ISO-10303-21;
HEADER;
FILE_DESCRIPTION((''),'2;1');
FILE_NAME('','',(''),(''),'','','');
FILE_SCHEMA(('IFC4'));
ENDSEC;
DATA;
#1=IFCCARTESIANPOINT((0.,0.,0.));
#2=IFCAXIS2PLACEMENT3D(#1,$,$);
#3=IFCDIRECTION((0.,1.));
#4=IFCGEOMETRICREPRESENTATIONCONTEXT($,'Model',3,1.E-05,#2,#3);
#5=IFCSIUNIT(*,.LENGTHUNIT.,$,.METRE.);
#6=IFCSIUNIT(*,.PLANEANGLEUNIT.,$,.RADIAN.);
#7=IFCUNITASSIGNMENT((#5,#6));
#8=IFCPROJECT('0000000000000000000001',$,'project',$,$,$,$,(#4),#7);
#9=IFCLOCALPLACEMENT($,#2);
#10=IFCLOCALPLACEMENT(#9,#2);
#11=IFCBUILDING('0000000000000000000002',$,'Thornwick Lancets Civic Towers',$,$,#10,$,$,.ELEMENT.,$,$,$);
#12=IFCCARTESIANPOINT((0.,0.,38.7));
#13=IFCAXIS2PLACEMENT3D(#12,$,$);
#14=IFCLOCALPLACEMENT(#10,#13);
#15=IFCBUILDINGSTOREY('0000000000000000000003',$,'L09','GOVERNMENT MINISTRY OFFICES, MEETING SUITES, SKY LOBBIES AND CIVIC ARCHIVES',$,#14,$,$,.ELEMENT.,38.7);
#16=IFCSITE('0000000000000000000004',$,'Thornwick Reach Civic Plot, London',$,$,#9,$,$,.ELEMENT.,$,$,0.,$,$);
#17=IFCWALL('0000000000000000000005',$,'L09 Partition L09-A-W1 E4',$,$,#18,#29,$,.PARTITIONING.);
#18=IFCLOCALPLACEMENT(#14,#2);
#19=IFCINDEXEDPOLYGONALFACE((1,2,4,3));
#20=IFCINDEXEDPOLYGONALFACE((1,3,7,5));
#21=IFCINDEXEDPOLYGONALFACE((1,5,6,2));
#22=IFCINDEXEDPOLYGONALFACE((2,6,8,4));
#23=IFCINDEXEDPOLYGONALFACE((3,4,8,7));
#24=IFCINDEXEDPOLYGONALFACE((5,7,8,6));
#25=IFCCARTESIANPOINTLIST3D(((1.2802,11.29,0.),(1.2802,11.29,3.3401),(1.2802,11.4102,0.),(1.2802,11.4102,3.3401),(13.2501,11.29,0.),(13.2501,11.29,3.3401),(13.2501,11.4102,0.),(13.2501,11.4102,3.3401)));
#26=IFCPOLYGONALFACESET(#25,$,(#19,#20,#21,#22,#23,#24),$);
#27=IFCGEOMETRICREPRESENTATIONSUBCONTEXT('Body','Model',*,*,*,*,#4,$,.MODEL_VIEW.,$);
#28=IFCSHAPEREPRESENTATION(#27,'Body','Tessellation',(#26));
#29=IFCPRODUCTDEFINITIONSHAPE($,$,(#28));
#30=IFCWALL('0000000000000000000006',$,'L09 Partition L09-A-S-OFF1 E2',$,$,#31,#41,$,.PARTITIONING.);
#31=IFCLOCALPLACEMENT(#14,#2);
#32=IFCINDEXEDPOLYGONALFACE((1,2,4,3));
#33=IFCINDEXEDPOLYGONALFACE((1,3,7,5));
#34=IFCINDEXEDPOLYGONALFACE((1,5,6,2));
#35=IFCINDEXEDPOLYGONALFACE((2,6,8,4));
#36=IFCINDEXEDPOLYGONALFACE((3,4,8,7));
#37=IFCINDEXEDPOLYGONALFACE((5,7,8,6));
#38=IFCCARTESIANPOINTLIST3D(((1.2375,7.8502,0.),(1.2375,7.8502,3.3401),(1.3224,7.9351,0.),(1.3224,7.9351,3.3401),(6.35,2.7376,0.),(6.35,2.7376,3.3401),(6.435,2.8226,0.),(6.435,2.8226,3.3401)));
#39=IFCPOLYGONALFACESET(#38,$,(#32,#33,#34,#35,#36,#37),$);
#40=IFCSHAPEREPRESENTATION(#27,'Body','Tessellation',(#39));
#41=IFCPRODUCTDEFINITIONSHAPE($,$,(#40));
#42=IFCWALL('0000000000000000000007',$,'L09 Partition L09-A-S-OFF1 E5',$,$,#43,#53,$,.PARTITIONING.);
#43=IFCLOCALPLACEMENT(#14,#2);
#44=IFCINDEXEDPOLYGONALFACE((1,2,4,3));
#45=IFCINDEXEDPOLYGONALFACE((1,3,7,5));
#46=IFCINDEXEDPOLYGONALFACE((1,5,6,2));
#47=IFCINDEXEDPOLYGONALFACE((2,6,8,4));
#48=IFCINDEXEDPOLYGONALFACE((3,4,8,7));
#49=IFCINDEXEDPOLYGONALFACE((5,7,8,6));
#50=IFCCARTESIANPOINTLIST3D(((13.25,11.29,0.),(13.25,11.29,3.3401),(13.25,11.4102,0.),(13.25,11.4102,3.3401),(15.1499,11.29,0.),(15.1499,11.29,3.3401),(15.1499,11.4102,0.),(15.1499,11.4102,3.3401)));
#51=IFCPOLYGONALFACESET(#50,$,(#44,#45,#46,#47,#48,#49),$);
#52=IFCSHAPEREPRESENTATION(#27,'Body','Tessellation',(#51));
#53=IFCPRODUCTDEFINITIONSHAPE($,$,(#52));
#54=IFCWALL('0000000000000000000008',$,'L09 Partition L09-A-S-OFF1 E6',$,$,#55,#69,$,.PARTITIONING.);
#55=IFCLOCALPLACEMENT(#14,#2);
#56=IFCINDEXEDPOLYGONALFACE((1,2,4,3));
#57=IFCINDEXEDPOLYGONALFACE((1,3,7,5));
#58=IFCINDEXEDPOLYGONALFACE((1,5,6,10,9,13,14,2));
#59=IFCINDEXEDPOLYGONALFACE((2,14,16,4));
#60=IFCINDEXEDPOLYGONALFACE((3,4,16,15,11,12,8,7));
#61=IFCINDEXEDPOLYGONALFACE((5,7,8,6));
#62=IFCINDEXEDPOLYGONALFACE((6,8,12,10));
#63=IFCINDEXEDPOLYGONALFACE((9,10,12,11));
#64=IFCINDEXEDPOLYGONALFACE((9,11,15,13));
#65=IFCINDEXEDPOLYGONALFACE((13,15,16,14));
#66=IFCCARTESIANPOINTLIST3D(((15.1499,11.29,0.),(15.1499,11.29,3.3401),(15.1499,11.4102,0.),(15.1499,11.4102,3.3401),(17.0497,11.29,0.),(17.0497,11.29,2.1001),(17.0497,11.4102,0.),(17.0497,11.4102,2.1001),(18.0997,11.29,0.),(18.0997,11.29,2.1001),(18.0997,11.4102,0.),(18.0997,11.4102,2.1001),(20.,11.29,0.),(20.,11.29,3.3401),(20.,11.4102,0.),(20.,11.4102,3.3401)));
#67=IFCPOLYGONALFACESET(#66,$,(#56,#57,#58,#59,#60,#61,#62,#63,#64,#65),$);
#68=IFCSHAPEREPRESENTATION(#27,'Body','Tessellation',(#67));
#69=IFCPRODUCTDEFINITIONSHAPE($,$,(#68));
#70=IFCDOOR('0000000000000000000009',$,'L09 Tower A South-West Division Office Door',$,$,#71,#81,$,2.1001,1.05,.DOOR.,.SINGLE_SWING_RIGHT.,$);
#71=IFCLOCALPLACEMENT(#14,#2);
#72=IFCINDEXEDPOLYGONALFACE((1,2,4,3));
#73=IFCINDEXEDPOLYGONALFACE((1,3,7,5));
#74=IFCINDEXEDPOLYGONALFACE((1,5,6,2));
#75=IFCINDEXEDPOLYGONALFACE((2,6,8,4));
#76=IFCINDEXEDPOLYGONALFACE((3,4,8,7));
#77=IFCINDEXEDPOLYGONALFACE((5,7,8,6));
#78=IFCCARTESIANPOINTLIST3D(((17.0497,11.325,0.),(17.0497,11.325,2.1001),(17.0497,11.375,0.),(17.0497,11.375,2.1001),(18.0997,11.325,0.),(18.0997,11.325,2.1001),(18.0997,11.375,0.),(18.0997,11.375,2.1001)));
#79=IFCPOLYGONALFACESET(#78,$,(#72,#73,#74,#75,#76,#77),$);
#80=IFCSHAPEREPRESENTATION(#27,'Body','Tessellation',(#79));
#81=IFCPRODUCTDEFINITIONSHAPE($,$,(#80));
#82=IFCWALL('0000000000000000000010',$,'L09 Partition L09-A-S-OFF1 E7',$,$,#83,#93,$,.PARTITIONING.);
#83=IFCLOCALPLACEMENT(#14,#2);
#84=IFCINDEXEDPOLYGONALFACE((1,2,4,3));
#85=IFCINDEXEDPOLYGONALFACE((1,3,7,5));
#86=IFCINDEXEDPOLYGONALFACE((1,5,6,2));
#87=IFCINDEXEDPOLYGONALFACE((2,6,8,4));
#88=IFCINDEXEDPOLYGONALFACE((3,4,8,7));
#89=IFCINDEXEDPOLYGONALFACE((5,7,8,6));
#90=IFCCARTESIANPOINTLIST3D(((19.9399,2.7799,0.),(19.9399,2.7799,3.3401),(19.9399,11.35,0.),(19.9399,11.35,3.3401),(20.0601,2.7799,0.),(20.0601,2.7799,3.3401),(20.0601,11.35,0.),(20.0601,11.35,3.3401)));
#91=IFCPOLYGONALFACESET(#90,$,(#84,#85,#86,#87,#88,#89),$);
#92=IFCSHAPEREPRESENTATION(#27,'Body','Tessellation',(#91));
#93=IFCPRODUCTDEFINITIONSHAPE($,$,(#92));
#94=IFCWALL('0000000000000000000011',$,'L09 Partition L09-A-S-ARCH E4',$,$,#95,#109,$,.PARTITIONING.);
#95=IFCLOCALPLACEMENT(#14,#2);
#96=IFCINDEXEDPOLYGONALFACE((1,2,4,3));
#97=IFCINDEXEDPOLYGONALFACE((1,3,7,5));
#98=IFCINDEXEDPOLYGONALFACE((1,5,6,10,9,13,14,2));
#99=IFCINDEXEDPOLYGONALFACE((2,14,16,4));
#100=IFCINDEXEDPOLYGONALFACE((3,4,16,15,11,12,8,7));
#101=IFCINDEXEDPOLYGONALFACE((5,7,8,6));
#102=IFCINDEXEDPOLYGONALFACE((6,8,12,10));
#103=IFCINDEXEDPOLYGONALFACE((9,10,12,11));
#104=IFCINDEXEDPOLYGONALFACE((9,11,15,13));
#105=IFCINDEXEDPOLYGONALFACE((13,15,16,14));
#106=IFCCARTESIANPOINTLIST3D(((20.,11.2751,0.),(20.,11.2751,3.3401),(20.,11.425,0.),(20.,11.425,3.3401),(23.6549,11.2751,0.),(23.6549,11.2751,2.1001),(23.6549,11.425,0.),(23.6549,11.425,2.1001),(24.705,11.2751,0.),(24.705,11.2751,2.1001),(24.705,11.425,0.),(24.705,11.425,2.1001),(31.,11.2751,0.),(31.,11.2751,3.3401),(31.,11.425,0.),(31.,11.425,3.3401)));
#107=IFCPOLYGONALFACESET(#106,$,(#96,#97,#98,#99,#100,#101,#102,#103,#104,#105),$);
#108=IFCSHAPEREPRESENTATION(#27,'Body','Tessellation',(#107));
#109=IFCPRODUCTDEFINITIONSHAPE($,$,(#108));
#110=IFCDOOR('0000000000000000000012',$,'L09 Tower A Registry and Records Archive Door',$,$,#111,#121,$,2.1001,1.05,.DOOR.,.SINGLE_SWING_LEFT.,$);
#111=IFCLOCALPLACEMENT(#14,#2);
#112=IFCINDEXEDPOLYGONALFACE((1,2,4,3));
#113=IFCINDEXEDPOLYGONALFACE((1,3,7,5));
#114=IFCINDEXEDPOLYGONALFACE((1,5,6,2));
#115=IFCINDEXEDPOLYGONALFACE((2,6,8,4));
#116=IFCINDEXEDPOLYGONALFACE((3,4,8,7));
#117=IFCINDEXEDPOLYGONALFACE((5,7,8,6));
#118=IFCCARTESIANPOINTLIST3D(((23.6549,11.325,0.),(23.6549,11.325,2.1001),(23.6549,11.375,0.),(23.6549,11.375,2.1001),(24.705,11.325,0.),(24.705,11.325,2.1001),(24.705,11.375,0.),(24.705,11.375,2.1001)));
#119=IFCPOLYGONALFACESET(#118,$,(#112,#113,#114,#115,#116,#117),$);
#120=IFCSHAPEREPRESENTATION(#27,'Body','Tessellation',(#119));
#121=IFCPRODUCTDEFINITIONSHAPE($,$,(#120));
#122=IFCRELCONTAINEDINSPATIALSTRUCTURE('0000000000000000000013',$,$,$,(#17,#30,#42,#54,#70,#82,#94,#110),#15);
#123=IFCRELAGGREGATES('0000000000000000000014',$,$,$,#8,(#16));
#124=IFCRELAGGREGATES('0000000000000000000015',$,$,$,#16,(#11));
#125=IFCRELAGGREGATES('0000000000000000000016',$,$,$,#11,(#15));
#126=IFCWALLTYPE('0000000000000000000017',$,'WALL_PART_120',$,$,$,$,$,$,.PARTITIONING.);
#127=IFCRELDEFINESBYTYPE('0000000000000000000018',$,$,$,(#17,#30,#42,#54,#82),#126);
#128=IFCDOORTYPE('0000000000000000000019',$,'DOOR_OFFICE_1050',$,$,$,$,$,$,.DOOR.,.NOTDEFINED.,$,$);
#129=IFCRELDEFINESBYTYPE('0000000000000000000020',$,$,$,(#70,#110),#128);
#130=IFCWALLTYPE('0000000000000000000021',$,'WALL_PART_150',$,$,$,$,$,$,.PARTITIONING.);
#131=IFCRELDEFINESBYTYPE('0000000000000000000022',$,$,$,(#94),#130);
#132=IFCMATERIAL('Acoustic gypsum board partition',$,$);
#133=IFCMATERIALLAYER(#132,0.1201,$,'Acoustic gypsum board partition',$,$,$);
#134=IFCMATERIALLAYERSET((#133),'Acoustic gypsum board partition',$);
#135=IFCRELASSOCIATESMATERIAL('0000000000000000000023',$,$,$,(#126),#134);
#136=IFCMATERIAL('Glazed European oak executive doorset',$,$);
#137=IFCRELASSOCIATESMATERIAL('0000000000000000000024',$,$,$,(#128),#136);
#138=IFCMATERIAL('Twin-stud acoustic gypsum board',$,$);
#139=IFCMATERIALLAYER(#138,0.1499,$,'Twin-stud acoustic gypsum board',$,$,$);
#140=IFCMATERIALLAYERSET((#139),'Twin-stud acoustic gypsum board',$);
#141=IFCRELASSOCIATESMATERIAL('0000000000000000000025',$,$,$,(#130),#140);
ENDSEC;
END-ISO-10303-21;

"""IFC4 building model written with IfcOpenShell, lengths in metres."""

from ifc_helpers import new_model, si_unit, direction, frame, frame_2d, origin, place, context, subcontext, project, spatial, rectangle, extrude, material, layer, layer_set, type_object, element, fill, save


model = new_model("IFC4")

# Units and contexts
model_context = context("Model", 3, precision=1e-05, world=origin(), true_north=direction((0.0, 1.0)))
body_context = subcontext(model_context, "Body", "Model", "MODEL_VIEW")
ifc_project = project(units=[si_unit("LENGTHUNIT", "METRE"), si_unit("PLANEANGLEUNIT", "RADIAN")], contexts=[model_context])

# Site, building, storey
site_placement = place(None, origin())
site = spatial("IfcSite", under=ifc_project, at=site_placement, Name="Thornwick Reach Civic Plot, London", CompositionType="ELEMENT", RefElevation=0.0)
building_placement = place(site_placement, origin())
building = spatial("IfcBuilding", under=site, at=building_placement, Name="Thornwick Lancets Civic Towers", CompositionType="ELEMENT")
storey_placement = place(building_placement, frame((0.0, 0.0, 38.7)))
storey = spatial("IfcBuildingStorey", under=building, at=storey_placement, Name="L09", Description="GOVERNMENT MINISTRY OFFICES, MEETING SUITES, SKY LOBBIES AND CIVIC ARCHIVES", CompositionType="ELEMENT", Elevation=38.7)

# Walls
ifc_material_1 = material(Name="Acoustic gypsum board partition")
ifc_layer_1 = layer(ifc_material_1, 0.1201, Name="Acoustic gypsum board partition")
ifc_layer_set_1 = layer_set([ifc_layer_1], Name="Acoustic gypsum board partition")
wall_type_1 = type_object("IfcWallType", Name="WALL_PART_120", PredefinedType="PARTITIONING", material=ifc_layer_set_1)
wall_1_placement = place(storey_placement, frame((13.25, 11.3501, 0.0), z_axis=(0.0, 0.0, 1.0), x_axis=(-1.0, 0.0, 0.0)))
element("IfcWall", 1, at=wall_1_placement, inside=storey, type_object=wall_type_1, Name="L09 Partition L09-A-W1 E4", PredefinedType="PARTITIONING", context=body_context, shape_type="SweptSolid", body=[
    extrude(rectangle(XDim=11.97, YDim=0.1201, at=frame_2d((5.9849, 0.0))), origin(), (0.0, 0.0, 1.0), 3.3401),
])
wall_2_placement = place(storey_placement, frame((6.3926, 2.78, 0.0), z_axis=(0.0, 0.0, 1.0), x_axis=(-0.707107, 0.707107, 0.0)))
element("IfcWall", 2, at=wall_2_placement, inside=storey, type_object=wall_type_1, Name="L09 Partition L09-A-S-OFF1 E2", PredefinedType="PARTITIONING", context=body_context, shape_type="SweptSolid", body=[
    extrude(rectangle(XDim=7.2302, YDim=0.1201, at=frame_2d((3.6152, 0.0))), origin(), (0.0, 0.0, 1.0), 3.3401),
])
wall_3_placement = place(storey_placement, frame((13.25, 11.3501, 0.0), z_axis=(0.0, 0.0, 1.0), x_axis=(1.0, 0.0, 0.0)))
element("IfcWall", 3, at=wall_3_placement, inside=storey, type_object=wall_type_1, Name="L09 Partition L09-A-S-OFF1 E5", PredefinedType="PARTITIONING", context=body_context, shape_type="SweptSolid", body=[
    extrude(rectangle(XDim=1.8999, YDim=0.1201, at=frame_2d((0.95, 0.0))), origin(), (0.0, 0.0, 1.0), 3.3401),
])

# Wall, opening, door
wall_4_placement = place(storey_placement, frame((15.1499, 11.3501, 0.0), z_axis=(0.0, 0.0, 1.0), x_axis=(1.0, 0.0, 0.0)))
wall_4 = element("IfcWall", 4, at=wall_4_placement, inside=storey, type_object=wall_type_1, Name="L09 Partition L09-A-S-OFF1 E6", PredefinedType="PARTITIONING", context=body_context, shape_type="SweptSolid", body=[
    extrude(rectangle(XDim=4.8501, YDim=0.1201, at=frame_2d((2.425, 0.0))), origin(), (0.0, 0.0, 1.0), 3.3401),
])
opening_1_placement = place(wall_4_placement, frame((1.8999, 0.0, 0.0)))
opening_1 = element("IfcOpeningElement", 5, at=opening_1_placement, cuts=wall_4, PredefinedType="OPENING", context=body_context, shape_type="SweptSolid", body=[
    extrude(rectangle(XDim=1.05, YDim=2.1001, at=frame_2d((0.5249, 1.05))), frame((0.0, 0.0701, 0.0), z_axis=(0.0, -1.0, 0.0), x_axis=(1.0, 0.0, 0.0)), (0.0, 0.0, 1.0), 0.1401),
])
ifc_material_2 = material(Name="Glazed European oak executive doorset")
door_type_1 = type_object("IfcDoorType", Name="DOOR_OFFICE_1050", OperationType="NOTDEFINED", PredefinedType="DOOR", material=ifc_material_2)
door_1_placement = place(opening_1_placement, origin())
door_1 = element("IfcDoor", 6, at=door_1_placement, inside=storey, type_object=door_type_1, Name="L09 Tower A South-West Division Office Door", OperationType="SINGLE_SWING_RIGHT", OverallHeight=2.1001, OverallWidth=1.05, PredefinedType="DOOR", context=body_context, shape_type="SweptSolid", body=[
    extrude(rectangle(XDim=1.05, YDim=2.1001, at=frame_2d((0.5249, 1.05))), frame((0.0, 0.0249, 0.0), z_axis=(0.0, -1.0, 0.0), x_axis=(1.0, 0.0, 0.0)), (0.0, 0.0, 1.0), 0.05),
])
fill(opening_1, door_1)

# Wall
wall_5_placement = place(storey_placement, frame((20.0, 11.3501, 0.0), z_axis=(0.0, 0.0, 1.0), x_axis=(0.0, -1.0, 0.0)))
element("IfcWall", 7, at=wall_5_placement, inside=storey, type_object=wall_type_1, Name="L09 Partition L09-A-S-OFF1 E7", PredefinedType="PARTITIONING", context=body_context, shape_type="SweptSolid", body=[
    extrude(rectangle(XDim=8.5701, YDim=0.1201, at=frame_2d((4.2852, 0.0))), origin(), (0.0, 0.0, 1.0), 3.3401),
])

# Wall, opening, door
ifc_material_3 = material(Name="Twin-stud acoustic gypsum board")
ifc_layer_2 = layer(ifc_material_3, 0.1499, Name="Twin-stud acoustic gypsum board")
ifc_layer_set_2 = layer_set([ifc_layer_2], Name="Twin-stud acoustic gypsum board")
wall_type_2 = type_object("IfcWallType", Name="WALL_PART_150", PredefinedType="PARTITIONING", material=ifc_layer_set_2)
wall_6_placement = place(storey_placement, frame((20.0, 11.3501, 0.0), z_axis=(0.0, 0.0, 1.0), x_axis=(1.0, 0.0, 0.0)))
wall_6 = element("IfcWall", 8, at=wall_6_placement, inside=storey, type_object=wall_type_2, Name="L09 Partition L09-A-S-ARCH E4", PredefinedType="PARTITIONING", context=body_context, shape_type="SweptSolid", body=[
    extrude(rectangle(XDim=11.0, YDim=0.1499, at=frame_2d((5.5, 0.0))), origin(), (0.0, 0.0, 1.0), 3.3401),
])
opening_2_placement = place(wall_6_placement, frame((3.655, 0.0, 0.0)))
opening_2 = element("IfcOpeningElement", 9, at=opening_2_placement, cuts=wall_6, PredefinedType="OPENING", context=body_context, shape_type="SweptSolid", body=[
    extrude(rectangle(XDim=1.05, YDim=2.1001, at=frame_2d((0.5249, 1.05))), frame((0.0, 0.085, 0.0), z_axis=(0.0, -1.0, 0.0), x_axis=(1.0, 0.0, 0.0)), (0.0, 0.0, 1.0), 0.1699),
])
door_2_placement = place(opening_2_placement, origin())
door_2 = element("IfcDoor", 10, at=door_2_placement, inside=storey, type_object=door_type_1, Name="L09 Tower A Registry and Records Archive Door", OperationType="SINGLE_SWING_LEFT", OverallHeight=2.1001, OverallWidth=1.05, PredefinedType="DOOR", context=body_context, shape_type="SweptSolid", body=[
    extrude(rectangle(XDim=1.05, YDim=2.1001, at=frame_2d((0.5249, 1.05))), frame((0.0, 0.0249, 0.0), z_axis=(0.0, -1.0, 0.0), x_axis=(1.0, 0.0, 0.0)), (0.0, 0.0, 1.0), 0.05),
])
fill(opening_2, door_2)

save(model, "model.ifc")
